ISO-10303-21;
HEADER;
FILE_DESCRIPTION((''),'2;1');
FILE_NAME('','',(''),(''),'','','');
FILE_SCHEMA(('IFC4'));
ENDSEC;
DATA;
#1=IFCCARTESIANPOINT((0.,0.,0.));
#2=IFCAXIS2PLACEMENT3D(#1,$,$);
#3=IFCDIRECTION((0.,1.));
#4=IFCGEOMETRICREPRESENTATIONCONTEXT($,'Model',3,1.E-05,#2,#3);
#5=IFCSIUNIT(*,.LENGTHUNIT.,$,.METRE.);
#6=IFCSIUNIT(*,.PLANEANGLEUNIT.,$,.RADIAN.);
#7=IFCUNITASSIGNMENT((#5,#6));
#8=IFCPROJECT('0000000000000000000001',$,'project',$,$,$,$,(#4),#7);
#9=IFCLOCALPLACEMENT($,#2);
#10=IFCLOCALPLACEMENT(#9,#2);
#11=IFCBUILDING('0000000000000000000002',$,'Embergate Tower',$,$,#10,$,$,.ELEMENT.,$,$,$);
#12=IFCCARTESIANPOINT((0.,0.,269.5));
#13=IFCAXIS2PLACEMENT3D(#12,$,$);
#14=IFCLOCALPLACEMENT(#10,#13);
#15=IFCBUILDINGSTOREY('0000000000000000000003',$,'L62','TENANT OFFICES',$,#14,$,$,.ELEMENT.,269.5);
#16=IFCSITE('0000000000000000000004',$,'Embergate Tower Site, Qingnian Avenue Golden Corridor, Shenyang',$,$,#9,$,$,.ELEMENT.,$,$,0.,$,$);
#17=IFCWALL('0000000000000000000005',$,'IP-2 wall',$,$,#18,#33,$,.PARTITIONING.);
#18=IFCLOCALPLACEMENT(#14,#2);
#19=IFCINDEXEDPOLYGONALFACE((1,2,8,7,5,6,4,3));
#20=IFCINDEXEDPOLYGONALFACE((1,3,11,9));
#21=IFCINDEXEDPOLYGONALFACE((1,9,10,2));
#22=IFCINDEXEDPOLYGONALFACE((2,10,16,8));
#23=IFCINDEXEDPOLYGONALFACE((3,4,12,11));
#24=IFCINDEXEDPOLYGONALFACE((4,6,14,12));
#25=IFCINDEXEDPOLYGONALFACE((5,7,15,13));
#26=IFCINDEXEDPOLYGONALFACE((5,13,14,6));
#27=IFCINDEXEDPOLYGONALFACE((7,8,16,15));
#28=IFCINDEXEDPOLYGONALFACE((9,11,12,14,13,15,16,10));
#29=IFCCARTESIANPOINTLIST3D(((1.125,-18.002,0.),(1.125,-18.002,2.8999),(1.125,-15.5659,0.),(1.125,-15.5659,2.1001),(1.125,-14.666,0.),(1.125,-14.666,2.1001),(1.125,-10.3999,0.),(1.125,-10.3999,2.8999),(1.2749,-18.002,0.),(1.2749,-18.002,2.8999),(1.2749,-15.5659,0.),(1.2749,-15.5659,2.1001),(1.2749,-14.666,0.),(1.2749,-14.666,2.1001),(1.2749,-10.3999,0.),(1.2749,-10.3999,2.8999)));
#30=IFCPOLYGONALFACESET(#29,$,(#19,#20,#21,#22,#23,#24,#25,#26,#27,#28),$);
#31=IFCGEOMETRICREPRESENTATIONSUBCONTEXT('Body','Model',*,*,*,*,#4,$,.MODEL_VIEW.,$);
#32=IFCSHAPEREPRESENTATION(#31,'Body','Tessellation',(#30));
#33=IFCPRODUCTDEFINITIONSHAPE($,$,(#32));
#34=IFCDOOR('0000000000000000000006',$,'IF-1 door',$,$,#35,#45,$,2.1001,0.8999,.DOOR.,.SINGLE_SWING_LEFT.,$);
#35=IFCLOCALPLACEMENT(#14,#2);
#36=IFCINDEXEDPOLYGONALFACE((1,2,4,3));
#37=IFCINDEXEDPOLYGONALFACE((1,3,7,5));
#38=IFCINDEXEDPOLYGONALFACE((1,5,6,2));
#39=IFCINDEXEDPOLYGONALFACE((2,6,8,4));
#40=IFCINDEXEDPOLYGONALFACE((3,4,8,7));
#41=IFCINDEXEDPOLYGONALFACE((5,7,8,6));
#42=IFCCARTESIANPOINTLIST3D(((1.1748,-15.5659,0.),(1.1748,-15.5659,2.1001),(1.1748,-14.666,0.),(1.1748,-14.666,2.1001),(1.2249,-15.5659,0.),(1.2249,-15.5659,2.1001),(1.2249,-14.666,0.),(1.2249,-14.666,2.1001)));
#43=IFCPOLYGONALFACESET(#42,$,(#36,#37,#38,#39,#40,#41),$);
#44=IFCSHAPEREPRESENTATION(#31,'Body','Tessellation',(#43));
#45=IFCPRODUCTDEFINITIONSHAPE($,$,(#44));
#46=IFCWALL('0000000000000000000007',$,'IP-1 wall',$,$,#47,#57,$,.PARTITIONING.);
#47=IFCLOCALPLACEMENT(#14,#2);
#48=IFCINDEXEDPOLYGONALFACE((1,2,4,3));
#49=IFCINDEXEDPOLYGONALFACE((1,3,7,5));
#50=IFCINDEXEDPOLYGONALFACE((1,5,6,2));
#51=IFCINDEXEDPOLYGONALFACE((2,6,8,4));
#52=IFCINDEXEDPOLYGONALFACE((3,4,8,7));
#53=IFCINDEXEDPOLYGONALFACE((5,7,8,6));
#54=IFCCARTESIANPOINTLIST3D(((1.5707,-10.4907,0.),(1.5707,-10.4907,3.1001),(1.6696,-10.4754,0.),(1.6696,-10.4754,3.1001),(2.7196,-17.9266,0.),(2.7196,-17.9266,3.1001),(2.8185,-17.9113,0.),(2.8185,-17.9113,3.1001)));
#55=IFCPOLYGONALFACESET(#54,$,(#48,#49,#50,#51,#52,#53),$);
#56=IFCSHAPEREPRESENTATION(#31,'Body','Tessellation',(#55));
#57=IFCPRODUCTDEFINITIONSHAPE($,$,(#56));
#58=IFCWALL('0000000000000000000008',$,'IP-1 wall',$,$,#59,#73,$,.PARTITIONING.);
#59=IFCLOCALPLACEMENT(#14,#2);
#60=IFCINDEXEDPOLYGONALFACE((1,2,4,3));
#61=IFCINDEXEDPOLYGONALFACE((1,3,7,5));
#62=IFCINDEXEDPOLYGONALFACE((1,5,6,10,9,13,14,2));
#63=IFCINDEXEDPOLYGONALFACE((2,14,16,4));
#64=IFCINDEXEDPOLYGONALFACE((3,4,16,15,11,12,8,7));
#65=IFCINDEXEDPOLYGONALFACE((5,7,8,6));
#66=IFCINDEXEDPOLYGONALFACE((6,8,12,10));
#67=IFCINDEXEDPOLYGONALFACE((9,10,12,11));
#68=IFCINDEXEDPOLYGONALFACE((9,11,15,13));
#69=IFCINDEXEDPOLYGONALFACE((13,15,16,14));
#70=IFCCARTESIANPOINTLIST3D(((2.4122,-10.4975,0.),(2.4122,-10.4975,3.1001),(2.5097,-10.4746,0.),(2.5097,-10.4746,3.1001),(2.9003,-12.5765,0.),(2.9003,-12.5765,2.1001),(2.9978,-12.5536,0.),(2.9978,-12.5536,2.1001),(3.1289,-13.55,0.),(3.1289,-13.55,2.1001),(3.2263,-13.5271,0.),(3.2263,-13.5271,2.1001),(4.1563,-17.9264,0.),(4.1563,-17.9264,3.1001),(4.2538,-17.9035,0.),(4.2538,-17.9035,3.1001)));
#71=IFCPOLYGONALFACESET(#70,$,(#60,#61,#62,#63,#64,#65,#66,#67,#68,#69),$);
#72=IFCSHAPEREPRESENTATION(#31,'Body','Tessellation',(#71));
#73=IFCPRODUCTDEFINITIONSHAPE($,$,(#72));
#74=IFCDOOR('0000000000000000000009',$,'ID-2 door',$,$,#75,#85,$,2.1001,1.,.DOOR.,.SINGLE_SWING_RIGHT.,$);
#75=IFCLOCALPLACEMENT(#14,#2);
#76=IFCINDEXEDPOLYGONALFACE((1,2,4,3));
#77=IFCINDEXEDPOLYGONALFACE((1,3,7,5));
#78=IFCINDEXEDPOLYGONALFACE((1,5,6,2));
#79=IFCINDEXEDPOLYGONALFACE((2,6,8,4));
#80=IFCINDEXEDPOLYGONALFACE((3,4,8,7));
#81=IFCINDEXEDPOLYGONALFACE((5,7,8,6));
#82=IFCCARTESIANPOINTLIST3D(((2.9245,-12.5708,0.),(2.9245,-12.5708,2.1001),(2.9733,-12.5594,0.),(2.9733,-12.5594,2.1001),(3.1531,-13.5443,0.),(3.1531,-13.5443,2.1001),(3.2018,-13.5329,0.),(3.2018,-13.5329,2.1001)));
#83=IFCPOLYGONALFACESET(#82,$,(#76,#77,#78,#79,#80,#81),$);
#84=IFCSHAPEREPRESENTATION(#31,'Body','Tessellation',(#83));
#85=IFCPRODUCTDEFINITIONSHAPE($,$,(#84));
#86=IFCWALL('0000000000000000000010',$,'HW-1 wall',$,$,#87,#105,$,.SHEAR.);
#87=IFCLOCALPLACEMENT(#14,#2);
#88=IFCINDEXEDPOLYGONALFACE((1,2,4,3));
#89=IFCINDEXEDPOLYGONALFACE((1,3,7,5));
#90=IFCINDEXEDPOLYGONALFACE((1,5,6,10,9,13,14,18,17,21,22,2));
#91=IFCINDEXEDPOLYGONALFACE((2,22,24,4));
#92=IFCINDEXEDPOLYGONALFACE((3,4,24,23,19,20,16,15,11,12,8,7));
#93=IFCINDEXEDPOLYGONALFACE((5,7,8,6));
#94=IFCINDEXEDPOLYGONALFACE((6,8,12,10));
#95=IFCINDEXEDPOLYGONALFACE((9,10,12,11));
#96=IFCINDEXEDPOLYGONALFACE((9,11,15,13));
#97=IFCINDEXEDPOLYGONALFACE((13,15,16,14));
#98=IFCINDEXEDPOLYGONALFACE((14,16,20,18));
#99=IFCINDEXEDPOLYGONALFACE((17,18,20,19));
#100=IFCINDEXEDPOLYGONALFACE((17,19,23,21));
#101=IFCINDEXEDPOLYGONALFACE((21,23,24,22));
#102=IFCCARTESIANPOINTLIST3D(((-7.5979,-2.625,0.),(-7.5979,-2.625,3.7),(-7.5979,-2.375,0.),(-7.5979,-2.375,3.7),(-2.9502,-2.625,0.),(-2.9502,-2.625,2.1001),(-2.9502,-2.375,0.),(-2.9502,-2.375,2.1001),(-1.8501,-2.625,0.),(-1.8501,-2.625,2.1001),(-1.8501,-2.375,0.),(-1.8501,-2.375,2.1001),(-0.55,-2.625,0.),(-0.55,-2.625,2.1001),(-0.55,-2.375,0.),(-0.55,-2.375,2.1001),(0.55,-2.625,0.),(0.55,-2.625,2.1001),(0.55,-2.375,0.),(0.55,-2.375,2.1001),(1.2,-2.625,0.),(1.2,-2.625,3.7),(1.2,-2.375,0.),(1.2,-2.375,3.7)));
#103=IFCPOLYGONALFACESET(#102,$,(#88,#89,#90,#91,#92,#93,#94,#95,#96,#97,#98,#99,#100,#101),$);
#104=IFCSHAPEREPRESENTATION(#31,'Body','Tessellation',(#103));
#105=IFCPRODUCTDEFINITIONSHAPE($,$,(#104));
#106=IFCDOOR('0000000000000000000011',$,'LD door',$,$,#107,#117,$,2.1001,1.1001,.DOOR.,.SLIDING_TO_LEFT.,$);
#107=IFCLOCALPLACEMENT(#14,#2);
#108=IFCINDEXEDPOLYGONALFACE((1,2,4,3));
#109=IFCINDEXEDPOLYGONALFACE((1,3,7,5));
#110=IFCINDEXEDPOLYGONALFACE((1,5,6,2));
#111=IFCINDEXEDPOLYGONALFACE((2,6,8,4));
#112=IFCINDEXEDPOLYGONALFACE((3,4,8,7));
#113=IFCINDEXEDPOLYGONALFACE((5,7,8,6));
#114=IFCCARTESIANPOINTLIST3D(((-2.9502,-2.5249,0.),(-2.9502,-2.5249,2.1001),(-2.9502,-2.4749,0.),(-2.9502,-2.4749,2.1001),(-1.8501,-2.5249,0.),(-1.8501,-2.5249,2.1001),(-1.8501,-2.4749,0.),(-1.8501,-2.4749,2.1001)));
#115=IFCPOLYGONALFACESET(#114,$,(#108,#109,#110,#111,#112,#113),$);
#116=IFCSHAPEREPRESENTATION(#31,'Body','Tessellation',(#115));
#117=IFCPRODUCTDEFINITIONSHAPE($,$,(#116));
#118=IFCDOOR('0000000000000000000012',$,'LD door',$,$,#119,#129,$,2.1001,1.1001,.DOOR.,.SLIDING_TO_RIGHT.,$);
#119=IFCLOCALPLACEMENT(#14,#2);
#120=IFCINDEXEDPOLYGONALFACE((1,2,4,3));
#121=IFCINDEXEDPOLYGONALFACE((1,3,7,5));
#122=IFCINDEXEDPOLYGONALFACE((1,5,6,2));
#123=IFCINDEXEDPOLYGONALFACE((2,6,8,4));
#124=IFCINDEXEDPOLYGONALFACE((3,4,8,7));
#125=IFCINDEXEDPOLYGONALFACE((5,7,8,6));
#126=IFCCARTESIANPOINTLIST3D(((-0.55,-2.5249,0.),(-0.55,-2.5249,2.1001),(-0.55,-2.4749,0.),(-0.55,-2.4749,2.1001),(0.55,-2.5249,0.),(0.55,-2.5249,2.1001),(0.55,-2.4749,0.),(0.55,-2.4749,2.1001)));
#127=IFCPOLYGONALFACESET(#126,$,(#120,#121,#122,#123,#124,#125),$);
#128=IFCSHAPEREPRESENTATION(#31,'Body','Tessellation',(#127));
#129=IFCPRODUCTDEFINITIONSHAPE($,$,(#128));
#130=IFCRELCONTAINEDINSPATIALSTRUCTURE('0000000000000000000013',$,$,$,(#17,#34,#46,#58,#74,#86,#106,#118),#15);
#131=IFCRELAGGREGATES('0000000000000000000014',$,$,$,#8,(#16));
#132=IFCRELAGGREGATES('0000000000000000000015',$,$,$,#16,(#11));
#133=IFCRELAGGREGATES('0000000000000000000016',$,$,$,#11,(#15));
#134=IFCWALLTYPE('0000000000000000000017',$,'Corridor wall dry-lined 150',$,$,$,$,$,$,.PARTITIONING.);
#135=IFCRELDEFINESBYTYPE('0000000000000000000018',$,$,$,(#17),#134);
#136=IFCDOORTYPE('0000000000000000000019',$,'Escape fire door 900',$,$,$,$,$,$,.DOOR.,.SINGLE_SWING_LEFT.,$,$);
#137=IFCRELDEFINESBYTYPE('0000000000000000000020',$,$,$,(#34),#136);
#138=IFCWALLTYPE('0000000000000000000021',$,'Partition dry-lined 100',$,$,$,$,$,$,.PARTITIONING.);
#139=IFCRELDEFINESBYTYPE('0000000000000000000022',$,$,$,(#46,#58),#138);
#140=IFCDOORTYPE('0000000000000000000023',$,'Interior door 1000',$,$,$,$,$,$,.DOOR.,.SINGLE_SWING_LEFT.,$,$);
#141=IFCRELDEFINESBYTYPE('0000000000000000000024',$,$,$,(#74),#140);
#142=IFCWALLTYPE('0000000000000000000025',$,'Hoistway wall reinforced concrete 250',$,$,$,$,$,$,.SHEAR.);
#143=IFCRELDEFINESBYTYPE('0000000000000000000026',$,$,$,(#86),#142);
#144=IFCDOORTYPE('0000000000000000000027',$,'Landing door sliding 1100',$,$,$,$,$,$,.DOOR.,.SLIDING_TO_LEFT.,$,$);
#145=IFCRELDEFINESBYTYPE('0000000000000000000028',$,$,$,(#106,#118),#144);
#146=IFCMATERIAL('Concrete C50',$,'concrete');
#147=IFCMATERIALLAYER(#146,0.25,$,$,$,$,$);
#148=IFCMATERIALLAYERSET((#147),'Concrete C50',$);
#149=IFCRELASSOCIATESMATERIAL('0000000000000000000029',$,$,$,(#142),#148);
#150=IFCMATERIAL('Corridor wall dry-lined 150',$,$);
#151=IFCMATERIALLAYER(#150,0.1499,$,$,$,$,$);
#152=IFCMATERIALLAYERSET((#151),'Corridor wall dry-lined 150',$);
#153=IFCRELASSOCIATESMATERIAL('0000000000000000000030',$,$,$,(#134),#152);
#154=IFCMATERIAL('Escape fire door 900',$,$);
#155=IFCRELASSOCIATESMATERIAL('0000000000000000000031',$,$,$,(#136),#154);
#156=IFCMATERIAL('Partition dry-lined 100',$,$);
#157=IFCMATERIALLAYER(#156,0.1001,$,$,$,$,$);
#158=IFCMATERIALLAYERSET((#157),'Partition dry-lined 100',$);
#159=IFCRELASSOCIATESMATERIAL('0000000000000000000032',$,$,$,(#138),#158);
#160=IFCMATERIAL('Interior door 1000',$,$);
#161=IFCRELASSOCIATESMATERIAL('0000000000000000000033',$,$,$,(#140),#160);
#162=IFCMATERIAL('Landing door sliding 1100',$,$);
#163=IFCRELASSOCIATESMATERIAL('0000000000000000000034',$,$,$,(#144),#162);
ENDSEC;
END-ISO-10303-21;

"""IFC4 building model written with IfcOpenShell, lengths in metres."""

from ifc_helpers import new_model, si_unit, direction, frame, frame_2d, origin, place, context, subcontext, project, spatial, rectangle, extrude, source, transform, mapped, material, layer, layer_set, type_object, element, fill, save


model = new_model("IFC4")

# Units and contexts
model_context = context("Model", 3, precision=1e-05, world=origin(), true_north=direction((0.0, 1.0)))
body_context = subcontext(model_context, "Body", "Model", "MODEL_VIEW")
ifc_project = project(units=[si_unit("LENGTHUNIT", "METRE"), si_unit("PLANEANGLEUNIT", "RADIAN")], contexts=[model_context])

# Site, building, storey
site_placement = place(None, origin())
site = spatial("IfcSite", under=ifc_project, at=site_placement, Name="Embergate Tower Site, Qingnian Avenue Golden Corridor, Shenyang", CompositionType="ELEMENT", RefElevation=0.0)
building_placement = place(site_placement, origin())
building = spatial("IfcBuilding", under=site, at=building_placement, Name="Embergate Tower", CompositionType="ELEMENT")
storey_placement = place(building_placement, frame((0.0, 0.0, 269.5)))
storey = spatial("IfcBuildingStorey", under=building, at=storey_placement, Name="L62", Description="TENANT OFFICES", CompositionType="ELEMENT", Elevation=269.5)

# Shared definitions
ifc_material_1 = material(Name="Concrete C50", Category="concrete")
ifc_layer_1 = layer(ifc_material_1, 0.25)
ifc_layer_set_1 = layer_set([ifc_layer_1], Name="Concrete C50")
wall_type_1 = type_object("IfcWallType", Name="Hoistway wall reinforced concrete 250", PredefinedType="SHEAR", material=ifc_layer_set_1)

# Shared definitions
shared_shape_1 = source(origin(), body_context, "Body", "SweptSolid", [
    extrude(rectangle(XDim=0.8999, YDim=2.1001, at=frame_2d((0.45, 1.05))), frame((0.0, 0.0249, 0.0), z_axis=(0.0, -1.0, 0.0), x_axis=(1.0, 0.0, 0.0)), (0.0, 0.0, 1.0), 0.05),
])

# Wall, opening, door
ifc_material_2 = material(Name="Corridor wall dry-lined 150")
ifc_layer_2 = layer(ifc_material_2, 0.1499)
ifc_layer_set_2 = layer_set([ifc_layer_2], Name="Corridor wall dry-lined 150")
wall_type_2 = type_object("IfcWallType", Name="Corridor wall dry-lined 150", PredefinedType="PARTITIONING", material=ifc_layer_set_2)
shared_shape_2 = source(origin(), body_context, "Body", "SweptSolid", [
    extrude(rectangle(XDim=7.6021, YDim=0.1499, at=frame_2d((3.801, 0.0))), origin(), (0.0, 0.0, 1.0), 2.8999),
])
wall_1_placement = place(storey_placement, frame((1.2, -10.3999, 0.0), z_axis=(0.0, 0.0, 1.0), x_axis=(0.0, -1.0, 0.0)))
wall_1 = element("IfcWall", 1, at=wall_1_placement, inside=storey, type_object=wall_type_2, Name="IP-2 wall", PredefinedType="PARTITIONING", context=body_context, shape_type="MappedRepresentation", body=[
    mapped(shared_shape_2, transform((0.0, 0.0, 0.0))),
])
shared_shape_3 = source(origin(), body_context, "Body", "SweptSolid", [
    extrude(rectangle(XDim=0.8999, YDim=2.1001, at=frame_2d((0.45, 1.05))), frame((0.0, 0.085, 0.0), z_axis=(0.0, -1.0, 0.0), x_axis=(1.0, 0.0, 0.0)), (0.0, 0.0, 1.0), 0.1699),
])
opening_1_placement = place(wall_1_placement, frame((4.2661, 0.0, 0.0)))
opening_1 = element("IfcOpeningElement", 2, at=opening_1_placement, cuts=wall_1, PredefinedType="OPENING", context=body_context, shape_type="MappedRepresentation", body=[
    mapped(shared_shape_3, transform((0.0, 0.0, 0.0))),
])
ifc_material_3 = material(Name="Escape fire door 900")
door_type_1 = type_object("IfcDoorType", Name="Escape fire door 900", OperationType="SINGLE_SWING_LEFT", PredefinedType="DOOR", material=ifc_material_3)
door_1_placement = place(opening_1_placement, origin())
door_1 = element("IfcDoor", 3, at=door_1_placement, inside=storey, type_object=door_type_1, Name="IF-1 door", OperationType="SINGLE_SWING_LEFT", OverallHeight=2.1001, OverallWidth=0.8999, PredefinedType="DOOR", context=body_context, shape_type="MappedRepresentation", body=[
    mapped(shared_shape_1, transform((0.0, 0.0, 0.0))),
])
fill(opening_1, door_1)

# Wall
ifc_material_4 = material(Name="Partition dry-lined 100")
ifc_layer_3 = layer(ifc_material_4, 0.1001)
ifc_layer_set_3 = layer_set([ifc_layer_3], Name="Partition dry-lined 100")
wall_type_3 = type_object("IfcWallType", Name="Partition dry-lined 100", PredefinedType="PARTITIONING", material=ifc_layer_set_3)
shared_shape_4 = source(origin(), body_context, "Body", "SweptSolid", [
    extrude(rectangle(XDim=7.5242, YDim=0.1001, at=frame_2d((3.7622, 0.0))), origin(), (0.0, 0.0, 1.0), 3.1001),
])
wall_2_placement = place(storey_placement, frame((1.6201, -10.4829, 0.0), z_axis=(0.0, 0.0, 1.0), x_axis=(0.152696, -0.988273, 0.0)))
element("IfcWall", 4, at=wall_2_placement, inside=storey, type_object=wall_type_3, Name="IP-1 wall", PredefinedType="PARTITIONING", context=body_context, shape_type="MappedRepresentation", body=[
    mapped(shared_shape_4, transform((0.0, 0.0, 0.0))),
])

# Wall, opening, door
shared_shape_5 = source(origin(), body_context, "Body", "SweptSolid", [
    extrude(rectangle(XDim=7.6309, YDim=0.1001, at=frame_2d((3.8154, 0.0))), origin(), (0.0, 0.0, 1.0), 3.1001),
])
wall_3_placement = place(storey_placement, frame((2.4609, -10.4861, 0.0), z_axis=(0.0, 0.0, 1.0), x_axis=(0.228561, -0.97353, 0.0)))
wall_3 = element("IfcWall", 5, at=wall_3_placement, inside=storey, type_object=wall_type_3, Name="IP-1 wall", PredefinedType="PARTITIONING", context=body_context, shape_type="MappedRepresentation", body=[
    mapped(shared_shape_5, transform((0.0, 0.0, 0.0))),
])
shared_shape_6 = source(origin(), body_context, "Body", "SweptSolid", [
    extrude(rectangle(XDim=1.0, YDim=2.1001, at=frame_2d((0.5, 1.05))), frame((0.0, 0.0601, 0.0), z_axis=(0.0, -1.0, 0.0), x_axis=(1.0, 0.0, 0.0)), (0.0, 0.0, 1.0), 0.1201),
])
opening_2_placement = place(wall_3_placement, frame((2.1355, 0.0, 0.0)))
opening_2 = element("IfcOpeningElement", 6, at=opening_2_placement, cuts=wall_3, PredefinedType="OPENING", context=body_context, shape_type="MappedRepresentation", body=[
    mapped(shared_shape_6, transform((0.0, 0.0, 0.0))),
])
ifc_material_5 = material(Name="Interior door 1000")
door_type_2 = type_object("IfcDoorType", Name="Interior door 1000", OperationType="SINGLE_SWING_LEFT", PredefinedType="DOOR", material=ifc_material_5)
shared_shape_7 = source(origin(), body_context, "Body", "SweptSolid", [
    extrude(rectangle(XDim=1.0, YDim=2.1001, at=frame_2d((0.5, 1.05))), frame((0.0, 0.0249, 0.0), z_axis=(0.0, -1.0, 0.0), x_axis=(1.0, 0.0, 0.0)), (0.0, 0.0, 1.0), 0.05),
])
door_2_placement = place(opening_2_placement, origin())
door_2 = element("IfcDoor", 7, at=door_2_placement, inside=storey, type_object=door_type_2, Name="ID-2 door", OperationType="SINGLE_SWING_RIGHT", OverallHeight=2.1001, OverallWidth=1.0, PredefinedType="DOOR", context=body_context, shape_type="MappedRepresentation", body=[
    mapped(shared_shape_7, transform((0.0, 0.0, 0.0))),
])
fill(opening_2, door_2)

# Wall, openings, doors
shared_shape_8 = source(origin(), body_context, "Body", "SweptSolid", [
    extrude(rectangle(XDim=8.7979, YDim=0.25, at=frame_2d((4.3989, 0.0))), origin(), (0.0, 0.0, 1.0), 3.7),
])
wall_4_placement = place(storey_placement, frame((1.2, -2.5, 0.0), z_axis=(0.0, 0.0, 1.0), x_axis=(-1.0, 0.0, 0.0)))
wall_4 = element("IfcWall", 8, at=wall_4_placement, inside=storey, type_object=wall_type_1, Name="HW-1 wall", PredefinedType="SHEAR", context=body_context, shape_type="MappedRepresentation", body=[
    mapped(shared_shape_8, transform((0.0, 0.0, 0.0))),
])
shared_shape_9 = source(origin(), body_context, "Body", "SweptSolid", [
    extrude(rectangle(XDim=1.1001, YDim=2.1001, at=frame_2d((0.55, 1.05))), frame((0.0, 0.135, 0.0), z_axis=(0.0, -1.0, 0.0), x_axis=(1.0, 0.0, 0.0)), (0.0, 0.0, 1.0), 0.27),
])
opening_3_placement = place(wall_4_placement, frame((3.05, 0.0, 0.0)))
opening_3 = element("IfcOpeningElement", 9, at=opening_3_placement, cuts=wall_4, PredefinedType="OPENING", context=body_context, shape_type="MappedRepresentation", body=[
    mapped(shared_shape_9, transform((0.0, 0.0, 0.0))),
])
opening_4_placement = place(wall_4_placement, frame((0.6499, 0.0, 0.0)))
opening_4 = element("IfcOpeningElement", 10, at=opening_4_placement, cuts=wall_4, PredefinedType="OPENING", context=body_context, shape_type="MappedRepresentation", body=[
    mapped(shared_shape_9, transform((0.0, 0.0, 0.0))),
])
ifc_material_6 = material(Name="Landing door sliding 1100")
door_type_3 = type_object("IfcDoorType", Name="Landing door sliding 1100", OperationType="SLIDING_TO_LEFT", PredefinedType="DOOR", material=ifc_material_6)
shared_shape_10 = source(origin(), body_context, "Body", "SweptSolid", [
    extrude(rectangle(XDim=1.1001, YDim=2.1001, at=frame_2d((0.55, 1.05))), frame((0.0, 0.0249, 0.0), z_axis=(0.0, -1.0, 0.0), x_axis=(1.0, 0.0, 0.0)), (0.0, 0.0, 1.0), 0.05),
])
door_3_placement = place(opening_3_placement, origin())
door_3 = element("IfcDoor", 11, at=door_3_placement, inside=storey, type_object=door_type_3, Name="LD door", OperationType="SLIDING_TO_LEFT", OverallHeight=2.1001, OverallWidth=1.1001, PredefinedType="DOOR", context=body_context, shape_type="MappedRepresentation", body=[
    mapped(shared_shape_10, transform((0.0, 0.0, 0.0))),
])
fill(opening_3, door_3)
door_4_placement = place(opening_4_placement, origin())
door_4 = element("IfcDoor", 12, at=door_4_placement, inside=storey, type_object=door_type_3, Name="LD door", OperationType="SLIDING_TO_RIGHT", OverallHeight=2.1001, OverallWidth=1.1001, PredefinedType="DOOR", context=body_context, shape_type="MappedRepresentation", body=[
    mapped(shared_shape_10, transform((0.0, 0.0, 0.0))),
])
fill(opening_4, door_4)

save(model, "model.ifc")
